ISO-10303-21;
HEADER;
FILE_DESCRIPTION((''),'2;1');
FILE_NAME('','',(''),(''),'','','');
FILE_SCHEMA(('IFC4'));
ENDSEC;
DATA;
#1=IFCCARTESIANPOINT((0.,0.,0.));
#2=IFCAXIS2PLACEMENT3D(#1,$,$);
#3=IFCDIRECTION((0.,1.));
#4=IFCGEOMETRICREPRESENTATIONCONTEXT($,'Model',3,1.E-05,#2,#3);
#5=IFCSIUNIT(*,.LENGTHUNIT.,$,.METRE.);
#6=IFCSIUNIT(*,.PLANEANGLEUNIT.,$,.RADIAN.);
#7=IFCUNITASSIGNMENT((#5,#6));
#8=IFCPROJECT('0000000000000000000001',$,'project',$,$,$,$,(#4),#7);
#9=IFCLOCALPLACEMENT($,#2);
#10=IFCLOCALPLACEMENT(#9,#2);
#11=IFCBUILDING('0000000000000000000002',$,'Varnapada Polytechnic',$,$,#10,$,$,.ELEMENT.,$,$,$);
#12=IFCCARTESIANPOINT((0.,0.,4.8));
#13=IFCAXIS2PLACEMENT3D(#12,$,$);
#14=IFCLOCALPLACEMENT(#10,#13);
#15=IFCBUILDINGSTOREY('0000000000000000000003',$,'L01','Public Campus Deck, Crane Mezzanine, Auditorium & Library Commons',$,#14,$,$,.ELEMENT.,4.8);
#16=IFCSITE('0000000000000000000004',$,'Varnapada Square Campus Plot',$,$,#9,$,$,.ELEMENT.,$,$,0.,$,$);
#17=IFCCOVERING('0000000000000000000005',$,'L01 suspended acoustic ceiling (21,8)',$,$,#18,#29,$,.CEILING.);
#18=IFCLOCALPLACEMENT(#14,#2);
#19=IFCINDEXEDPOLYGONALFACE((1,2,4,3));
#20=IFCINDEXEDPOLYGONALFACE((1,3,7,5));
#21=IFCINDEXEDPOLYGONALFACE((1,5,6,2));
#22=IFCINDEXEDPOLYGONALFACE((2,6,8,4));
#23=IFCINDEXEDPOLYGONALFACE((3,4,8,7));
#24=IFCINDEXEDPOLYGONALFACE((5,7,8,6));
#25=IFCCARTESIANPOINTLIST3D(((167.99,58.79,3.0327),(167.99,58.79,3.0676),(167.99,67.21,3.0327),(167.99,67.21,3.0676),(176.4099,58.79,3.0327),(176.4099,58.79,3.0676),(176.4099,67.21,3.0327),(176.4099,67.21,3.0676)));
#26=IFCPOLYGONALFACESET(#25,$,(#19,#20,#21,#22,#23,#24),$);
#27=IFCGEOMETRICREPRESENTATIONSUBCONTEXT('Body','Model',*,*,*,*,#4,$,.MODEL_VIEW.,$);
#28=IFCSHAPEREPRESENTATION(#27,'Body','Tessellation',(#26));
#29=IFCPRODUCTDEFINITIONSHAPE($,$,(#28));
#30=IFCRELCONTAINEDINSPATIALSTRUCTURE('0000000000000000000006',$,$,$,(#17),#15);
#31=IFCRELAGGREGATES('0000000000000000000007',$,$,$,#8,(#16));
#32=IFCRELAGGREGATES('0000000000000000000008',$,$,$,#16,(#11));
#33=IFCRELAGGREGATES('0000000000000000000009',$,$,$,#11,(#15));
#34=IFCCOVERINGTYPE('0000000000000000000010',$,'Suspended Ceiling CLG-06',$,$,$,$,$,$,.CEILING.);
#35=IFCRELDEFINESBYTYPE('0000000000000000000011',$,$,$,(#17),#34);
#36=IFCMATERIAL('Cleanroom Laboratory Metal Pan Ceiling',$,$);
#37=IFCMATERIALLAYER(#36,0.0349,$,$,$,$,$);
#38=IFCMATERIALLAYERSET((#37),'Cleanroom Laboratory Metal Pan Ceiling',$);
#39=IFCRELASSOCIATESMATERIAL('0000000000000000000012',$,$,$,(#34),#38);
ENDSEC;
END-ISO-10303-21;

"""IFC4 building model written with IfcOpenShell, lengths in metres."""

from ifc_helpers import new_model, si_unit, direction, frame, origin, origin_2d, place, context, subcontext, project, spatial, rectangle, extrude, material, layer, layer_set, type_object, element, save


model = new_model("IFC4")

# Units and contexts
model_context = context("Model", 3, precision=1e-05, world=origin(), true_north=direction((0.0, 1.0)))
body_context = subcontext(model_context, "Body", "Model", "MODEL_VIEW")
ifc_project = project(units=[si_unit("LENGTHUNIT", "METRE"), si_unit("PLANEANGLEUNIT", "RADIAN")], contexts=[model_context])

# Site, building, storey
site_placement = place(None, origin())
site = spatial("IfcSite", under=ifc_project, at=site_placement, Name="Varnapada Square Campus Plot", CompositionType="ELEMENT", RefElevation=0.0)
building_placement = place(site_placement, origin())
building = spatial("IfcBuilding", under=site, at=building_placement, Name="Varnapada Polytechnic", CompositionType="ELEMENT")
storey_placement = place(building_placement, frame((0.0, 0.0, 4.8)))
storey = spatial("IfcBuildingStorey", under=building, at=storey_placement, Name="L01", Description="Public Campus Deck, Crane Mezzanine, Auditorium & Library Commons", CompositionType="ELEMENT", Elevation=4.8)

# Covering
ifc_material_1 = material(Name="Cleanroom Laboratory Metal Pan Ceiling")
ifc_layer_1 = layer(ifc_material_1, 0.0349)
ifc_layer_set_1 = layer_set([ifc_layer_1], Name="Cleanroom Laboratory Metal Pan Ceiling")
covering_type_1 = type_object("IfcCoveringType", Name="Suspended Ceiling CLG-06", PredefinedType="CEILING", material=ifc_layer_set_1)
covering_1_placement = place(storey_placement, frame((172.2, 63.0, 3.0327), z_axis=(0.0, 0.0, 1.0), x_axis=(1.0, 0.0, 0.0)))
element("IfcCovering", 1, at=covering_1_placement, inside=storey, type_object=covering_type_1, Name="L01 suspended acoustic ceiling (21,8)", PredefinedType="CEILING", context=body_context, shape_type="SweptSolid", body=[
    extrude(rectangle(XDim=8.4199, YDim=8.4199, at=origin_2d()), origin(), (0.0, 0.0, 1.0), 0.0349),
])

save(model, "model.ifc")
